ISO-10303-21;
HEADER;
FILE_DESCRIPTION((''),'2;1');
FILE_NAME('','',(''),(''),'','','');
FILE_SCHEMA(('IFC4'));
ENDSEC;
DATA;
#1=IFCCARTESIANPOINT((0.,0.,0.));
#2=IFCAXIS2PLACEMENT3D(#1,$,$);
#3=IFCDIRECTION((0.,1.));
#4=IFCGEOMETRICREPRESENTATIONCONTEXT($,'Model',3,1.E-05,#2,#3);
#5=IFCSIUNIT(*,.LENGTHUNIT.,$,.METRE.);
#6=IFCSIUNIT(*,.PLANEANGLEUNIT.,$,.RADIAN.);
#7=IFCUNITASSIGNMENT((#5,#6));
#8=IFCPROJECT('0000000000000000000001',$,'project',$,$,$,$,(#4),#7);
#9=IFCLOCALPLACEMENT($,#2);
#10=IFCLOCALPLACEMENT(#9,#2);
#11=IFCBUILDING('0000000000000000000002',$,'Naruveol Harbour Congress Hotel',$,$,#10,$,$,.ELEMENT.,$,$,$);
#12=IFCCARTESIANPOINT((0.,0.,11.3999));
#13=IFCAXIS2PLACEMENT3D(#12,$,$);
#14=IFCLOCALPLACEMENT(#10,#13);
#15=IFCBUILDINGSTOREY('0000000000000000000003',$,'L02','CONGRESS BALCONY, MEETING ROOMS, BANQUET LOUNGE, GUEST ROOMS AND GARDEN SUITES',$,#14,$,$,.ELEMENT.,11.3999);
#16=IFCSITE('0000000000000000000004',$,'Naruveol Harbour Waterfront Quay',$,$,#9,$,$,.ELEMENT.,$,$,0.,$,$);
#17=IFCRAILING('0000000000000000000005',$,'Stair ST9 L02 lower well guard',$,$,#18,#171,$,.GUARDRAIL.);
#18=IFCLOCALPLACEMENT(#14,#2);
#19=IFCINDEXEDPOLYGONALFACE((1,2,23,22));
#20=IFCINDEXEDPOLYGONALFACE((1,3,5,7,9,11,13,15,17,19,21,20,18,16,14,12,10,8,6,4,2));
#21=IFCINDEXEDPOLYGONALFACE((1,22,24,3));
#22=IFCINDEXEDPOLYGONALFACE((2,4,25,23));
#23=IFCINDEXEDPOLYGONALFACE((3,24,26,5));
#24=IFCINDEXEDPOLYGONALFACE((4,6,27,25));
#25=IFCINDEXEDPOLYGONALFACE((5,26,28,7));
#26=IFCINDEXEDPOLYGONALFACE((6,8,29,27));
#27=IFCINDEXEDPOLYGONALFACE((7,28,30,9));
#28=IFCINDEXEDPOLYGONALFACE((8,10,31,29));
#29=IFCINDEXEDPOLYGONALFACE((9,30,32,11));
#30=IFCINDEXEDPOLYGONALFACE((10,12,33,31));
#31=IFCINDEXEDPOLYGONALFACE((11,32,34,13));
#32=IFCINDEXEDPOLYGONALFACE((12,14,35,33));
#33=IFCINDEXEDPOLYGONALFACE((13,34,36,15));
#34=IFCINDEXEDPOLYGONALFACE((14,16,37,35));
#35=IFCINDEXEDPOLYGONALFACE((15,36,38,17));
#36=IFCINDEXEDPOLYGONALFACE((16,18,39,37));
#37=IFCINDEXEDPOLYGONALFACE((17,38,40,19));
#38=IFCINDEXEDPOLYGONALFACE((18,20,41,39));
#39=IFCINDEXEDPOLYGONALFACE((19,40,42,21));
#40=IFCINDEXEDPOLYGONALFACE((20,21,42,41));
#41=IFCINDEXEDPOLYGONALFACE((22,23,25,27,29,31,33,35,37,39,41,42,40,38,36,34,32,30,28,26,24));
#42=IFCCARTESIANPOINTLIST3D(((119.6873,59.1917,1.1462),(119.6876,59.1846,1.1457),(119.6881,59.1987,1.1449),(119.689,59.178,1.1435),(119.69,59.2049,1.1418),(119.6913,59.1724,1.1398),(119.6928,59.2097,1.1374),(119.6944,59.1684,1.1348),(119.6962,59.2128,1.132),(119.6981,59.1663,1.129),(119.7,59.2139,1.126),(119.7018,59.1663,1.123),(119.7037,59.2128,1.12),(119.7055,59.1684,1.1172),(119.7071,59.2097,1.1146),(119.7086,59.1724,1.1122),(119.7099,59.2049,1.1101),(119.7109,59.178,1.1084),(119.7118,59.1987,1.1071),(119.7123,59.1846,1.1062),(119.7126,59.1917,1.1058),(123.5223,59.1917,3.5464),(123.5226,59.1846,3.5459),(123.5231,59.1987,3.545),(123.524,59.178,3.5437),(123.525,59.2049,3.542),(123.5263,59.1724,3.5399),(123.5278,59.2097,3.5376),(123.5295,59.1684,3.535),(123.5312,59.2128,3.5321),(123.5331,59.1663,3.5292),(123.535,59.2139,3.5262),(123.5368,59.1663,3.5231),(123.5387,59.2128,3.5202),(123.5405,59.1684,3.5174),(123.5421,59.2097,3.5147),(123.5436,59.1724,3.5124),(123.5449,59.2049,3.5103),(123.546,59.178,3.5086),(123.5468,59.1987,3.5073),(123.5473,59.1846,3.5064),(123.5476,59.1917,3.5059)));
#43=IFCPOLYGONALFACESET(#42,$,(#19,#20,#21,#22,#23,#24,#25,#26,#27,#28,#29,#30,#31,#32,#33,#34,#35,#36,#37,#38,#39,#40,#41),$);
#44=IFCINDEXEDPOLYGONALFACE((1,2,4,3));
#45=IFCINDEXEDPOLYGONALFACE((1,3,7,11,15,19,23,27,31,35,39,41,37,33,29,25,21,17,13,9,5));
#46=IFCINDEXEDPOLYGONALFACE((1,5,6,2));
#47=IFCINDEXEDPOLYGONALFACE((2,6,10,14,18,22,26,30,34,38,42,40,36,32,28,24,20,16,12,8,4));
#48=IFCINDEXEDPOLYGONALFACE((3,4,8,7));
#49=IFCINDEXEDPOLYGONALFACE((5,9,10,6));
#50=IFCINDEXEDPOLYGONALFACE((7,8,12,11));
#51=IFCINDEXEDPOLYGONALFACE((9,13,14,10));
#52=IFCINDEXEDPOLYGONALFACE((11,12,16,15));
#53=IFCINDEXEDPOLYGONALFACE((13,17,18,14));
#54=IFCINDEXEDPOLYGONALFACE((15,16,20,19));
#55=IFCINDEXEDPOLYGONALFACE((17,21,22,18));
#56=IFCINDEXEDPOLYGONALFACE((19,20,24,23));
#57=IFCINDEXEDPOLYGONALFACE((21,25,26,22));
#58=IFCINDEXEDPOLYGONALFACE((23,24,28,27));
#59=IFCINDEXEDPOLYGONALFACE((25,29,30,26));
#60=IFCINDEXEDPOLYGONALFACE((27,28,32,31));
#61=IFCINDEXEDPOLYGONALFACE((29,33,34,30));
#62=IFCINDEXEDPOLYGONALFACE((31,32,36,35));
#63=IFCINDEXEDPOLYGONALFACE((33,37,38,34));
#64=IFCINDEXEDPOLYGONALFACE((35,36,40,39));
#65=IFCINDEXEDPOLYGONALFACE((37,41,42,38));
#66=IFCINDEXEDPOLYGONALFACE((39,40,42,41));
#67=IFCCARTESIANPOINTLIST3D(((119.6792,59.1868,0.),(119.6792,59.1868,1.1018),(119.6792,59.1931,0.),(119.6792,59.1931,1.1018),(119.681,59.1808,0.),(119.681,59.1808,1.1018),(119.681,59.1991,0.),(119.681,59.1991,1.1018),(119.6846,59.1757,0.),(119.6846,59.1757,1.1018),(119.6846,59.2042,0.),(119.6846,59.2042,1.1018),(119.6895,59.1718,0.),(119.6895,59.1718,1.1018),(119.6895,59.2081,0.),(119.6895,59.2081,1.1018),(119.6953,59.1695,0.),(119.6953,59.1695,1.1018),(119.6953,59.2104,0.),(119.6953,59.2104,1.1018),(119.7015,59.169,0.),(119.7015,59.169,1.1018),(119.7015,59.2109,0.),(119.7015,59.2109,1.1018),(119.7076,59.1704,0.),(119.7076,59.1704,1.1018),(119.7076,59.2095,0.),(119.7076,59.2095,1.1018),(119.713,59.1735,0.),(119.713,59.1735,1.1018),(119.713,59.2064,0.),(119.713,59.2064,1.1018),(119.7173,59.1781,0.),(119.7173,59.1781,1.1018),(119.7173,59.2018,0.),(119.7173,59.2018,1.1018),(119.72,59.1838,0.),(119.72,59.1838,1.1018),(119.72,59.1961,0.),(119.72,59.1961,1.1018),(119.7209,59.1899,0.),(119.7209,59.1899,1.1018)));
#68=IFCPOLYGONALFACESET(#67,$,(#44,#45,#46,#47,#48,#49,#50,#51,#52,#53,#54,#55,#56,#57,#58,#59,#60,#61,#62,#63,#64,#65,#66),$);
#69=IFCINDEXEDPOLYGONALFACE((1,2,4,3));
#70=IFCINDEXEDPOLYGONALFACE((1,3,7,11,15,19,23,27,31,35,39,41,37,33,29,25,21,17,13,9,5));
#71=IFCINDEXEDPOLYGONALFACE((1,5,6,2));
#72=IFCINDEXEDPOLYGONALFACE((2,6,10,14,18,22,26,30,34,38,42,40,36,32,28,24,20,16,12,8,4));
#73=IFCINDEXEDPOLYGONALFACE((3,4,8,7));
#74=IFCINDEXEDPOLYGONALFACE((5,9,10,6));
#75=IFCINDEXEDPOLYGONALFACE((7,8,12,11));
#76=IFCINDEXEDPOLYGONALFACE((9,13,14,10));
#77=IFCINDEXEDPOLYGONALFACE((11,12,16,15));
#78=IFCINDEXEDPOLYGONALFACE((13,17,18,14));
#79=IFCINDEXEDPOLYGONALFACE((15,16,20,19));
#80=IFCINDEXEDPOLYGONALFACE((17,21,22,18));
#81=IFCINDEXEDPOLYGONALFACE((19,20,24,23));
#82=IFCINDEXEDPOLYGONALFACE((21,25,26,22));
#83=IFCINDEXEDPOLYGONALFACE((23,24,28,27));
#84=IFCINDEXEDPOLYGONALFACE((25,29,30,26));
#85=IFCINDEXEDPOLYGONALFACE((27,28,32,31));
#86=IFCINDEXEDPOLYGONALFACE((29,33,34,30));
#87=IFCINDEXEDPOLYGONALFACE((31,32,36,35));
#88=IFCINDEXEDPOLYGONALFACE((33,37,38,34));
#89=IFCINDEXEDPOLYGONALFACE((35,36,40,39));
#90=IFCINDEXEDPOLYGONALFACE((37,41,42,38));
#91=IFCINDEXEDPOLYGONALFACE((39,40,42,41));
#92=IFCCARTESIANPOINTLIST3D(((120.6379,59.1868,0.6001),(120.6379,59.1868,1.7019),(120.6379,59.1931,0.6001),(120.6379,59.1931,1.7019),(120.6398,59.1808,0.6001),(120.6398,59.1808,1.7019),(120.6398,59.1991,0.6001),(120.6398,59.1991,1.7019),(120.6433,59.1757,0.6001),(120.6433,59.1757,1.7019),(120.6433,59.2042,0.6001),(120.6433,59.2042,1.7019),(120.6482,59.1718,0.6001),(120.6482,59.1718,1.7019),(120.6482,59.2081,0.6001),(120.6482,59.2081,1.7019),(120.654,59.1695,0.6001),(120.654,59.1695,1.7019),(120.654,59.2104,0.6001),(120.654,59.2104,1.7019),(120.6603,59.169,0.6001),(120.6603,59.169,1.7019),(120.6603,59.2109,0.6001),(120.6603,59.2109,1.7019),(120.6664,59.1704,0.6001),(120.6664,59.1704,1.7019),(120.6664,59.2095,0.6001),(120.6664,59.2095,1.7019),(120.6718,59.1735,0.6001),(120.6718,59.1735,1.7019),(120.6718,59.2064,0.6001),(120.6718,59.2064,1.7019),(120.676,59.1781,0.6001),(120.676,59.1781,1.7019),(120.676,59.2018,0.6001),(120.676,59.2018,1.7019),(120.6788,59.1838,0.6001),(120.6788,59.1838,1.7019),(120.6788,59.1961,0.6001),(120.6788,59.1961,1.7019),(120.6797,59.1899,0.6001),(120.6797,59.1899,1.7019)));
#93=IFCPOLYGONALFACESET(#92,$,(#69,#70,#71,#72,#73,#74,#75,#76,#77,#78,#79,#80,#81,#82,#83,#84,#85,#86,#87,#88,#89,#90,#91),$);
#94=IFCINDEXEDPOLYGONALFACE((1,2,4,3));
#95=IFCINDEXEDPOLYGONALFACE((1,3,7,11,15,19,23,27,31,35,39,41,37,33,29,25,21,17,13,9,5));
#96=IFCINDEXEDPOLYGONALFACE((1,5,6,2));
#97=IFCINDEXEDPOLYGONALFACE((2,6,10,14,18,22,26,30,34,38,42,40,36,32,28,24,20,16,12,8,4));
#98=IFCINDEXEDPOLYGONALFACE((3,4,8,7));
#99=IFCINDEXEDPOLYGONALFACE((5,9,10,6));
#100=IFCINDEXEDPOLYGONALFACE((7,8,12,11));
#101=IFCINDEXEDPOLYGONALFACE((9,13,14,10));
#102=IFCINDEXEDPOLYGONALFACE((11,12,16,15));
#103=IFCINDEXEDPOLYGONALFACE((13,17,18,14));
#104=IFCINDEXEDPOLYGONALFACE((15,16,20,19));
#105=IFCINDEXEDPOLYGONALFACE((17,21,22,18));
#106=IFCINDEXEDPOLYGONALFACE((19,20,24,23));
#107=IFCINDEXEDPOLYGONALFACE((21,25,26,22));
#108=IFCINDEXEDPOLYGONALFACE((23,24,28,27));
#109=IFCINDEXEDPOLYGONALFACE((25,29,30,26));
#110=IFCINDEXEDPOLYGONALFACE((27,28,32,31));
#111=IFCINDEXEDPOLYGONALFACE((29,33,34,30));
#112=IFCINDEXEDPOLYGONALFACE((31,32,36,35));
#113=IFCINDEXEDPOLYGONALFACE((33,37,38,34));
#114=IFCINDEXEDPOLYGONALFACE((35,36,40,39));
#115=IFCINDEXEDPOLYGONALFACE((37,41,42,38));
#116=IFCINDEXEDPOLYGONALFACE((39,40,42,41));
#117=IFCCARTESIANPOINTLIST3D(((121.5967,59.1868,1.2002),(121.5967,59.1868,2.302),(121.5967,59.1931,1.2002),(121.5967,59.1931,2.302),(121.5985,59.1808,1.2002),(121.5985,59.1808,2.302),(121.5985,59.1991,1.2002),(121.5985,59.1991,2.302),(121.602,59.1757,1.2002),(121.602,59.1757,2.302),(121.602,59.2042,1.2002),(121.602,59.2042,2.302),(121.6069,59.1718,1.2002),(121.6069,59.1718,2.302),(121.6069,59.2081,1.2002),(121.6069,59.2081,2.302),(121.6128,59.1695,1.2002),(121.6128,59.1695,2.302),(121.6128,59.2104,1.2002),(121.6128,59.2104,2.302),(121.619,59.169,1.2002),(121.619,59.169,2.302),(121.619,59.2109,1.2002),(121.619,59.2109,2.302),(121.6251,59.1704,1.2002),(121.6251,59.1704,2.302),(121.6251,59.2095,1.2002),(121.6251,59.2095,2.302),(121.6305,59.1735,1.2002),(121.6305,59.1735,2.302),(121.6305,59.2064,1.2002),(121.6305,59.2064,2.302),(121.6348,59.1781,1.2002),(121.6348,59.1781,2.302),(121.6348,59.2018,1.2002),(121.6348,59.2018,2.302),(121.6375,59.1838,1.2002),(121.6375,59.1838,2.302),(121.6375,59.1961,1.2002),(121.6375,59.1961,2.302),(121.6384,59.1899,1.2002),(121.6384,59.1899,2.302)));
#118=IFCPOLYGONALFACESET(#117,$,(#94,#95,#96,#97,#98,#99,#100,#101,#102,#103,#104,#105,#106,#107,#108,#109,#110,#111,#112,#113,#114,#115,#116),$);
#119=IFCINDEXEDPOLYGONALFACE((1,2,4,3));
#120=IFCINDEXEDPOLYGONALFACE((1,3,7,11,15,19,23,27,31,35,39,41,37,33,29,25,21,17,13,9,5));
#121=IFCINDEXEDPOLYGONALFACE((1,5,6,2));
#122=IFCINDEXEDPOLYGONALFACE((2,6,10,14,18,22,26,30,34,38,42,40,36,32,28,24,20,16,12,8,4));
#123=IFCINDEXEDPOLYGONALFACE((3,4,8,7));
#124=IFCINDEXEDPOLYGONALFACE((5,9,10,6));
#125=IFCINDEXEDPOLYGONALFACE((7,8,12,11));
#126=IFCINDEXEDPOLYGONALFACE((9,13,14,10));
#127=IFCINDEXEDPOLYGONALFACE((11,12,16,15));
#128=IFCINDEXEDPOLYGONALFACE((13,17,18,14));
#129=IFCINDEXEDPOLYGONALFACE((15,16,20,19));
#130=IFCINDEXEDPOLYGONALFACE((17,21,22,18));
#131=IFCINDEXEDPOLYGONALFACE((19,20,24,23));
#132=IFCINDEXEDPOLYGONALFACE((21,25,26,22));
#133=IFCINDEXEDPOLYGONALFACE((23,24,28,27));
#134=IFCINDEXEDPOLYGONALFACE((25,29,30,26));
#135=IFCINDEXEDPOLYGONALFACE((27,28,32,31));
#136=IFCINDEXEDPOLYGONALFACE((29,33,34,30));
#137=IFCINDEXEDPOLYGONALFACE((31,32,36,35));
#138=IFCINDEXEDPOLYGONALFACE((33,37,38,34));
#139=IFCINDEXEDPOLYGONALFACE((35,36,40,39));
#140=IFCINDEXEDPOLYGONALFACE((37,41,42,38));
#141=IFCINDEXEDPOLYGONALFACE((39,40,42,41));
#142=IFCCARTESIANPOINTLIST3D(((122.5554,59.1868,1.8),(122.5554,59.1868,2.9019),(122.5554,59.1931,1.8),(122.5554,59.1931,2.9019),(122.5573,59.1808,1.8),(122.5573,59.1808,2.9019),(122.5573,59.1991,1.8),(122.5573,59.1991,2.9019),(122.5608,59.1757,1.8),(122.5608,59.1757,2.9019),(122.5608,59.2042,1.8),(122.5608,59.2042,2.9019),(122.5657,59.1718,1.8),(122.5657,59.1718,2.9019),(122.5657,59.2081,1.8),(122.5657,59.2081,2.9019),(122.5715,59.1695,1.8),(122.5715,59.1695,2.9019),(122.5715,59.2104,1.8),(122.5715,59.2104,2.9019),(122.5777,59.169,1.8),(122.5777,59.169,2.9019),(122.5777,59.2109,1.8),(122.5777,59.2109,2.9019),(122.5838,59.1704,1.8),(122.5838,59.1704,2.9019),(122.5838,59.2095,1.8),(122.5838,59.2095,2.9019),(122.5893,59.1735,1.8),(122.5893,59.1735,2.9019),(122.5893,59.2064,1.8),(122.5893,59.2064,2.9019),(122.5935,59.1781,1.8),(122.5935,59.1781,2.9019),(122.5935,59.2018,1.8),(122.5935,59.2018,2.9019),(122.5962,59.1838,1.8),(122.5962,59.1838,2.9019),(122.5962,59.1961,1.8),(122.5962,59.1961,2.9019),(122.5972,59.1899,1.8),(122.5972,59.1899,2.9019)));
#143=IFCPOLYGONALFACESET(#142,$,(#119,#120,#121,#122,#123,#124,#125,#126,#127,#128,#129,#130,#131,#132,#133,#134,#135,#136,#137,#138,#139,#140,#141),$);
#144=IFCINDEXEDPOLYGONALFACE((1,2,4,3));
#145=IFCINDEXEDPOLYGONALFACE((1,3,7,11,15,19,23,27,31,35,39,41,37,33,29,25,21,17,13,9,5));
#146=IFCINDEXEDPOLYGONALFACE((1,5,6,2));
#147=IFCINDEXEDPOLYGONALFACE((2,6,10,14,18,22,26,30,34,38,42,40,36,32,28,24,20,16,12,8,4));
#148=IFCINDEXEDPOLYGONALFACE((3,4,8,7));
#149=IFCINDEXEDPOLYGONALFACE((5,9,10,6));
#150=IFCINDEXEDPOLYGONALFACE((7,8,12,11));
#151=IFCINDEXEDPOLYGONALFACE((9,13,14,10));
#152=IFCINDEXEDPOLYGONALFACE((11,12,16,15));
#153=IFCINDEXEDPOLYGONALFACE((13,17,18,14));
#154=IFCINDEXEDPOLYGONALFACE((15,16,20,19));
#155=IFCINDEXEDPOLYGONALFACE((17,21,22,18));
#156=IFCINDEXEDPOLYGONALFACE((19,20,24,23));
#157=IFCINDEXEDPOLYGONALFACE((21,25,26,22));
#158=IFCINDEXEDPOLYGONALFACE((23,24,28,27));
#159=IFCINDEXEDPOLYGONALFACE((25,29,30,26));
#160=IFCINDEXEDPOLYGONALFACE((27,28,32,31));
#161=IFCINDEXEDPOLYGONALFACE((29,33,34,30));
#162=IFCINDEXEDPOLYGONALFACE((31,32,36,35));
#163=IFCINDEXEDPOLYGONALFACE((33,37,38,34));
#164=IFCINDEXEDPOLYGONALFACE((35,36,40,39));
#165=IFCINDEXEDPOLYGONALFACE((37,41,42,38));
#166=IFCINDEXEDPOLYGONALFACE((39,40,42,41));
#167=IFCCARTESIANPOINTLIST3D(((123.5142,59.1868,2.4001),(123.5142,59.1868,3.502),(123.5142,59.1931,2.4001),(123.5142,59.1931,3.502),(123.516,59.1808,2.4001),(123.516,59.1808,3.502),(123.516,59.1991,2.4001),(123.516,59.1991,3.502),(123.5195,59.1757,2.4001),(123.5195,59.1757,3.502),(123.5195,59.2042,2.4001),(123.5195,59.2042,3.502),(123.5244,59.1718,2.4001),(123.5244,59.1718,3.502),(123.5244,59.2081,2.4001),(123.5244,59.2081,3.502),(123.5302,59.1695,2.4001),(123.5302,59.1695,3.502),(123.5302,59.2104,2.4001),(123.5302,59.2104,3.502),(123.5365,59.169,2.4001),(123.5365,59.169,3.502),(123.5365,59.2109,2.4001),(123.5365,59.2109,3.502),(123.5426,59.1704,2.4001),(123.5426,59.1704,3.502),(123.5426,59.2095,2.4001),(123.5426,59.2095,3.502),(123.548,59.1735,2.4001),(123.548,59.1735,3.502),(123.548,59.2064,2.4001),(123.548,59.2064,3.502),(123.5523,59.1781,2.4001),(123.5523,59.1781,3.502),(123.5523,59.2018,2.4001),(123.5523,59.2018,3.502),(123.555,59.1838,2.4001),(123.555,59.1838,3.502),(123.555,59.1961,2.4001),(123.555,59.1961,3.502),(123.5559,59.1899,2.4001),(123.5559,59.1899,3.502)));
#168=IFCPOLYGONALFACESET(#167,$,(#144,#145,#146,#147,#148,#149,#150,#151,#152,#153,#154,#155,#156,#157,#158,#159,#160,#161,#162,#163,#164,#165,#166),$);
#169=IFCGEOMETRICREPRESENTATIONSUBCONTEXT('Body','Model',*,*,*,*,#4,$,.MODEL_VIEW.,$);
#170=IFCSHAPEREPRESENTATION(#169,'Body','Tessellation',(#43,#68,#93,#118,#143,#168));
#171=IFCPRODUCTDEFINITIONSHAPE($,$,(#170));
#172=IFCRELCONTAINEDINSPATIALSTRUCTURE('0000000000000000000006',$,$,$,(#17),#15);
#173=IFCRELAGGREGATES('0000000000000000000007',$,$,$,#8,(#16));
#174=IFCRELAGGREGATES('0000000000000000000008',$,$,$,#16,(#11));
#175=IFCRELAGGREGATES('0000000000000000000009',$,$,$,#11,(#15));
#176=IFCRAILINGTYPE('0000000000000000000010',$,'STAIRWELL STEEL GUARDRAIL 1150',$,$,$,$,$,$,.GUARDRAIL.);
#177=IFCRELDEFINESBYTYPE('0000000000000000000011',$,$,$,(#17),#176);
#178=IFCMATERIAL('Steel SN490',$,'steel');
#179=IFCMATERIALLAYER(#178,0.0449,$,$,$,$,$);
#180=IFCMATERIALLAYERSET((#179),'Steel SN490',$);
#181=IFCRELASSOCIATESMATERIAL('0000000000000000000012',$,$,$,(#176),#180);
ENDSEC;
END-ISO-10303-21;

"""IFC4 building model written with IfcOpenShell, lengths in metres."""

from ifc_helpers import new_model, si_unit, direction, frame, origin, origin_2d, place, context, subcontext, project, spatial, circle, extrude, material, layer, layer_set, type_object, element, save


model = new_model("IFC4")

# Units and contexts
model_context = context("Model", 3, precision=1e-05, world=origin(), true_north=direction((0.0, 1.0)))
body_context = subcontext(model_context, "Body", "Model", "MODEL_VIEW")
ifc_project = project(units=[si_unit("LENGTHUNIT", "METRE"), si_unit("PLANEANGLEUNIT", "RADIAN")], contexts=[model_context])

# Site, building, storey
site_placement = place(None, origin())
site = spatial("IfcSite", under=ifc_project, at=site_placement, Name="Naruveol Harbour Waterfront Quay", CompositionType="ELEMENT", RefElevation=0.0)
building_placement = place(site_placement, origin())
building = spatial("IfcBuilding", under=site, at=building_placement, Name="Naruveol Harbour Congress Hotel", CompositionType="ELEMENT")
storey_placement = place(building_placement, frame((0.0, 0.0, 11.3999)))
storey = spatial("IfcBuildingStorey", under=building, at=storey_placement, Name="L02", Description="CONGRESS BALCONY, MEETING ROOMS, BANQUET LOUNGE, GUEST ROOMS AND GARDEN SUITES", CompositionType="ELEMENT", Elevation=11.3999)

# Railing
ifc_material_1 = material(Name="Steel SN490", Category="steel")
ifc_layer_1 = layer(ifc_material_1, 0.0449)
ifc_layer_set_1 = layer_set([ifc_layer_1], Name="Steel SN490")
railing_type_1 = type_object("IfcRailingType", Name="STAIRWELL STEEL GUARDRAIL 1150", PredefinedType="GUARDRAIL", material=ifc_layer_set_1)
railing_1_placement = place(storey_placement, frame((119.7, 59.1899, 0.0)))
element("IfcRailing", 1, at=railing_1_placement, inside=storey, type_object=railing_type_1, Name="Stair ST9 L02 lower well guard", PredefinedType="GUARDRAIL", context=body_context, shape_type="SweptSolid", body=[
    extrude(circle(Radius=0.0239, at=origin_2d()), frame((0.0, 0.0, 1.126), z_axis=(0.847671, 0.0, 0.530523), x_axis=(0.0, 1.0, 0.0)), (0.0, 0.0, 1.0), 4.5242),
    extrude(circle(Radius=0.021, at=origin_2d()), origin(), (0.0, 0.0, 1.0), 1.1018),
    extrude(circle(Radius=0.021, at=origin_2d()), frame((0.9587, 0.0, 0.6001)), (0.0, 0.0, 1.0), 1.1018),
    extrude(circle(Radius=0.021, at=origin_2d()), frame((1.9175, 0.0, 1.2002)), (0.0, 0.0, 1.0), 1.1018),
    extrude(circle(Radius=0.021, at=origin_2d()), frame((2.8762, 0.0, 1.8)), (0.0, 0.0, 1.0), 1.1018),
    extrude(circle(Radius=0.021, at=origin_2d()), frame((3.835, 0.0, 2.4001)), (0.0, 0.0, 1.0), 1.1018),
])

save(model, "model.ifc")
